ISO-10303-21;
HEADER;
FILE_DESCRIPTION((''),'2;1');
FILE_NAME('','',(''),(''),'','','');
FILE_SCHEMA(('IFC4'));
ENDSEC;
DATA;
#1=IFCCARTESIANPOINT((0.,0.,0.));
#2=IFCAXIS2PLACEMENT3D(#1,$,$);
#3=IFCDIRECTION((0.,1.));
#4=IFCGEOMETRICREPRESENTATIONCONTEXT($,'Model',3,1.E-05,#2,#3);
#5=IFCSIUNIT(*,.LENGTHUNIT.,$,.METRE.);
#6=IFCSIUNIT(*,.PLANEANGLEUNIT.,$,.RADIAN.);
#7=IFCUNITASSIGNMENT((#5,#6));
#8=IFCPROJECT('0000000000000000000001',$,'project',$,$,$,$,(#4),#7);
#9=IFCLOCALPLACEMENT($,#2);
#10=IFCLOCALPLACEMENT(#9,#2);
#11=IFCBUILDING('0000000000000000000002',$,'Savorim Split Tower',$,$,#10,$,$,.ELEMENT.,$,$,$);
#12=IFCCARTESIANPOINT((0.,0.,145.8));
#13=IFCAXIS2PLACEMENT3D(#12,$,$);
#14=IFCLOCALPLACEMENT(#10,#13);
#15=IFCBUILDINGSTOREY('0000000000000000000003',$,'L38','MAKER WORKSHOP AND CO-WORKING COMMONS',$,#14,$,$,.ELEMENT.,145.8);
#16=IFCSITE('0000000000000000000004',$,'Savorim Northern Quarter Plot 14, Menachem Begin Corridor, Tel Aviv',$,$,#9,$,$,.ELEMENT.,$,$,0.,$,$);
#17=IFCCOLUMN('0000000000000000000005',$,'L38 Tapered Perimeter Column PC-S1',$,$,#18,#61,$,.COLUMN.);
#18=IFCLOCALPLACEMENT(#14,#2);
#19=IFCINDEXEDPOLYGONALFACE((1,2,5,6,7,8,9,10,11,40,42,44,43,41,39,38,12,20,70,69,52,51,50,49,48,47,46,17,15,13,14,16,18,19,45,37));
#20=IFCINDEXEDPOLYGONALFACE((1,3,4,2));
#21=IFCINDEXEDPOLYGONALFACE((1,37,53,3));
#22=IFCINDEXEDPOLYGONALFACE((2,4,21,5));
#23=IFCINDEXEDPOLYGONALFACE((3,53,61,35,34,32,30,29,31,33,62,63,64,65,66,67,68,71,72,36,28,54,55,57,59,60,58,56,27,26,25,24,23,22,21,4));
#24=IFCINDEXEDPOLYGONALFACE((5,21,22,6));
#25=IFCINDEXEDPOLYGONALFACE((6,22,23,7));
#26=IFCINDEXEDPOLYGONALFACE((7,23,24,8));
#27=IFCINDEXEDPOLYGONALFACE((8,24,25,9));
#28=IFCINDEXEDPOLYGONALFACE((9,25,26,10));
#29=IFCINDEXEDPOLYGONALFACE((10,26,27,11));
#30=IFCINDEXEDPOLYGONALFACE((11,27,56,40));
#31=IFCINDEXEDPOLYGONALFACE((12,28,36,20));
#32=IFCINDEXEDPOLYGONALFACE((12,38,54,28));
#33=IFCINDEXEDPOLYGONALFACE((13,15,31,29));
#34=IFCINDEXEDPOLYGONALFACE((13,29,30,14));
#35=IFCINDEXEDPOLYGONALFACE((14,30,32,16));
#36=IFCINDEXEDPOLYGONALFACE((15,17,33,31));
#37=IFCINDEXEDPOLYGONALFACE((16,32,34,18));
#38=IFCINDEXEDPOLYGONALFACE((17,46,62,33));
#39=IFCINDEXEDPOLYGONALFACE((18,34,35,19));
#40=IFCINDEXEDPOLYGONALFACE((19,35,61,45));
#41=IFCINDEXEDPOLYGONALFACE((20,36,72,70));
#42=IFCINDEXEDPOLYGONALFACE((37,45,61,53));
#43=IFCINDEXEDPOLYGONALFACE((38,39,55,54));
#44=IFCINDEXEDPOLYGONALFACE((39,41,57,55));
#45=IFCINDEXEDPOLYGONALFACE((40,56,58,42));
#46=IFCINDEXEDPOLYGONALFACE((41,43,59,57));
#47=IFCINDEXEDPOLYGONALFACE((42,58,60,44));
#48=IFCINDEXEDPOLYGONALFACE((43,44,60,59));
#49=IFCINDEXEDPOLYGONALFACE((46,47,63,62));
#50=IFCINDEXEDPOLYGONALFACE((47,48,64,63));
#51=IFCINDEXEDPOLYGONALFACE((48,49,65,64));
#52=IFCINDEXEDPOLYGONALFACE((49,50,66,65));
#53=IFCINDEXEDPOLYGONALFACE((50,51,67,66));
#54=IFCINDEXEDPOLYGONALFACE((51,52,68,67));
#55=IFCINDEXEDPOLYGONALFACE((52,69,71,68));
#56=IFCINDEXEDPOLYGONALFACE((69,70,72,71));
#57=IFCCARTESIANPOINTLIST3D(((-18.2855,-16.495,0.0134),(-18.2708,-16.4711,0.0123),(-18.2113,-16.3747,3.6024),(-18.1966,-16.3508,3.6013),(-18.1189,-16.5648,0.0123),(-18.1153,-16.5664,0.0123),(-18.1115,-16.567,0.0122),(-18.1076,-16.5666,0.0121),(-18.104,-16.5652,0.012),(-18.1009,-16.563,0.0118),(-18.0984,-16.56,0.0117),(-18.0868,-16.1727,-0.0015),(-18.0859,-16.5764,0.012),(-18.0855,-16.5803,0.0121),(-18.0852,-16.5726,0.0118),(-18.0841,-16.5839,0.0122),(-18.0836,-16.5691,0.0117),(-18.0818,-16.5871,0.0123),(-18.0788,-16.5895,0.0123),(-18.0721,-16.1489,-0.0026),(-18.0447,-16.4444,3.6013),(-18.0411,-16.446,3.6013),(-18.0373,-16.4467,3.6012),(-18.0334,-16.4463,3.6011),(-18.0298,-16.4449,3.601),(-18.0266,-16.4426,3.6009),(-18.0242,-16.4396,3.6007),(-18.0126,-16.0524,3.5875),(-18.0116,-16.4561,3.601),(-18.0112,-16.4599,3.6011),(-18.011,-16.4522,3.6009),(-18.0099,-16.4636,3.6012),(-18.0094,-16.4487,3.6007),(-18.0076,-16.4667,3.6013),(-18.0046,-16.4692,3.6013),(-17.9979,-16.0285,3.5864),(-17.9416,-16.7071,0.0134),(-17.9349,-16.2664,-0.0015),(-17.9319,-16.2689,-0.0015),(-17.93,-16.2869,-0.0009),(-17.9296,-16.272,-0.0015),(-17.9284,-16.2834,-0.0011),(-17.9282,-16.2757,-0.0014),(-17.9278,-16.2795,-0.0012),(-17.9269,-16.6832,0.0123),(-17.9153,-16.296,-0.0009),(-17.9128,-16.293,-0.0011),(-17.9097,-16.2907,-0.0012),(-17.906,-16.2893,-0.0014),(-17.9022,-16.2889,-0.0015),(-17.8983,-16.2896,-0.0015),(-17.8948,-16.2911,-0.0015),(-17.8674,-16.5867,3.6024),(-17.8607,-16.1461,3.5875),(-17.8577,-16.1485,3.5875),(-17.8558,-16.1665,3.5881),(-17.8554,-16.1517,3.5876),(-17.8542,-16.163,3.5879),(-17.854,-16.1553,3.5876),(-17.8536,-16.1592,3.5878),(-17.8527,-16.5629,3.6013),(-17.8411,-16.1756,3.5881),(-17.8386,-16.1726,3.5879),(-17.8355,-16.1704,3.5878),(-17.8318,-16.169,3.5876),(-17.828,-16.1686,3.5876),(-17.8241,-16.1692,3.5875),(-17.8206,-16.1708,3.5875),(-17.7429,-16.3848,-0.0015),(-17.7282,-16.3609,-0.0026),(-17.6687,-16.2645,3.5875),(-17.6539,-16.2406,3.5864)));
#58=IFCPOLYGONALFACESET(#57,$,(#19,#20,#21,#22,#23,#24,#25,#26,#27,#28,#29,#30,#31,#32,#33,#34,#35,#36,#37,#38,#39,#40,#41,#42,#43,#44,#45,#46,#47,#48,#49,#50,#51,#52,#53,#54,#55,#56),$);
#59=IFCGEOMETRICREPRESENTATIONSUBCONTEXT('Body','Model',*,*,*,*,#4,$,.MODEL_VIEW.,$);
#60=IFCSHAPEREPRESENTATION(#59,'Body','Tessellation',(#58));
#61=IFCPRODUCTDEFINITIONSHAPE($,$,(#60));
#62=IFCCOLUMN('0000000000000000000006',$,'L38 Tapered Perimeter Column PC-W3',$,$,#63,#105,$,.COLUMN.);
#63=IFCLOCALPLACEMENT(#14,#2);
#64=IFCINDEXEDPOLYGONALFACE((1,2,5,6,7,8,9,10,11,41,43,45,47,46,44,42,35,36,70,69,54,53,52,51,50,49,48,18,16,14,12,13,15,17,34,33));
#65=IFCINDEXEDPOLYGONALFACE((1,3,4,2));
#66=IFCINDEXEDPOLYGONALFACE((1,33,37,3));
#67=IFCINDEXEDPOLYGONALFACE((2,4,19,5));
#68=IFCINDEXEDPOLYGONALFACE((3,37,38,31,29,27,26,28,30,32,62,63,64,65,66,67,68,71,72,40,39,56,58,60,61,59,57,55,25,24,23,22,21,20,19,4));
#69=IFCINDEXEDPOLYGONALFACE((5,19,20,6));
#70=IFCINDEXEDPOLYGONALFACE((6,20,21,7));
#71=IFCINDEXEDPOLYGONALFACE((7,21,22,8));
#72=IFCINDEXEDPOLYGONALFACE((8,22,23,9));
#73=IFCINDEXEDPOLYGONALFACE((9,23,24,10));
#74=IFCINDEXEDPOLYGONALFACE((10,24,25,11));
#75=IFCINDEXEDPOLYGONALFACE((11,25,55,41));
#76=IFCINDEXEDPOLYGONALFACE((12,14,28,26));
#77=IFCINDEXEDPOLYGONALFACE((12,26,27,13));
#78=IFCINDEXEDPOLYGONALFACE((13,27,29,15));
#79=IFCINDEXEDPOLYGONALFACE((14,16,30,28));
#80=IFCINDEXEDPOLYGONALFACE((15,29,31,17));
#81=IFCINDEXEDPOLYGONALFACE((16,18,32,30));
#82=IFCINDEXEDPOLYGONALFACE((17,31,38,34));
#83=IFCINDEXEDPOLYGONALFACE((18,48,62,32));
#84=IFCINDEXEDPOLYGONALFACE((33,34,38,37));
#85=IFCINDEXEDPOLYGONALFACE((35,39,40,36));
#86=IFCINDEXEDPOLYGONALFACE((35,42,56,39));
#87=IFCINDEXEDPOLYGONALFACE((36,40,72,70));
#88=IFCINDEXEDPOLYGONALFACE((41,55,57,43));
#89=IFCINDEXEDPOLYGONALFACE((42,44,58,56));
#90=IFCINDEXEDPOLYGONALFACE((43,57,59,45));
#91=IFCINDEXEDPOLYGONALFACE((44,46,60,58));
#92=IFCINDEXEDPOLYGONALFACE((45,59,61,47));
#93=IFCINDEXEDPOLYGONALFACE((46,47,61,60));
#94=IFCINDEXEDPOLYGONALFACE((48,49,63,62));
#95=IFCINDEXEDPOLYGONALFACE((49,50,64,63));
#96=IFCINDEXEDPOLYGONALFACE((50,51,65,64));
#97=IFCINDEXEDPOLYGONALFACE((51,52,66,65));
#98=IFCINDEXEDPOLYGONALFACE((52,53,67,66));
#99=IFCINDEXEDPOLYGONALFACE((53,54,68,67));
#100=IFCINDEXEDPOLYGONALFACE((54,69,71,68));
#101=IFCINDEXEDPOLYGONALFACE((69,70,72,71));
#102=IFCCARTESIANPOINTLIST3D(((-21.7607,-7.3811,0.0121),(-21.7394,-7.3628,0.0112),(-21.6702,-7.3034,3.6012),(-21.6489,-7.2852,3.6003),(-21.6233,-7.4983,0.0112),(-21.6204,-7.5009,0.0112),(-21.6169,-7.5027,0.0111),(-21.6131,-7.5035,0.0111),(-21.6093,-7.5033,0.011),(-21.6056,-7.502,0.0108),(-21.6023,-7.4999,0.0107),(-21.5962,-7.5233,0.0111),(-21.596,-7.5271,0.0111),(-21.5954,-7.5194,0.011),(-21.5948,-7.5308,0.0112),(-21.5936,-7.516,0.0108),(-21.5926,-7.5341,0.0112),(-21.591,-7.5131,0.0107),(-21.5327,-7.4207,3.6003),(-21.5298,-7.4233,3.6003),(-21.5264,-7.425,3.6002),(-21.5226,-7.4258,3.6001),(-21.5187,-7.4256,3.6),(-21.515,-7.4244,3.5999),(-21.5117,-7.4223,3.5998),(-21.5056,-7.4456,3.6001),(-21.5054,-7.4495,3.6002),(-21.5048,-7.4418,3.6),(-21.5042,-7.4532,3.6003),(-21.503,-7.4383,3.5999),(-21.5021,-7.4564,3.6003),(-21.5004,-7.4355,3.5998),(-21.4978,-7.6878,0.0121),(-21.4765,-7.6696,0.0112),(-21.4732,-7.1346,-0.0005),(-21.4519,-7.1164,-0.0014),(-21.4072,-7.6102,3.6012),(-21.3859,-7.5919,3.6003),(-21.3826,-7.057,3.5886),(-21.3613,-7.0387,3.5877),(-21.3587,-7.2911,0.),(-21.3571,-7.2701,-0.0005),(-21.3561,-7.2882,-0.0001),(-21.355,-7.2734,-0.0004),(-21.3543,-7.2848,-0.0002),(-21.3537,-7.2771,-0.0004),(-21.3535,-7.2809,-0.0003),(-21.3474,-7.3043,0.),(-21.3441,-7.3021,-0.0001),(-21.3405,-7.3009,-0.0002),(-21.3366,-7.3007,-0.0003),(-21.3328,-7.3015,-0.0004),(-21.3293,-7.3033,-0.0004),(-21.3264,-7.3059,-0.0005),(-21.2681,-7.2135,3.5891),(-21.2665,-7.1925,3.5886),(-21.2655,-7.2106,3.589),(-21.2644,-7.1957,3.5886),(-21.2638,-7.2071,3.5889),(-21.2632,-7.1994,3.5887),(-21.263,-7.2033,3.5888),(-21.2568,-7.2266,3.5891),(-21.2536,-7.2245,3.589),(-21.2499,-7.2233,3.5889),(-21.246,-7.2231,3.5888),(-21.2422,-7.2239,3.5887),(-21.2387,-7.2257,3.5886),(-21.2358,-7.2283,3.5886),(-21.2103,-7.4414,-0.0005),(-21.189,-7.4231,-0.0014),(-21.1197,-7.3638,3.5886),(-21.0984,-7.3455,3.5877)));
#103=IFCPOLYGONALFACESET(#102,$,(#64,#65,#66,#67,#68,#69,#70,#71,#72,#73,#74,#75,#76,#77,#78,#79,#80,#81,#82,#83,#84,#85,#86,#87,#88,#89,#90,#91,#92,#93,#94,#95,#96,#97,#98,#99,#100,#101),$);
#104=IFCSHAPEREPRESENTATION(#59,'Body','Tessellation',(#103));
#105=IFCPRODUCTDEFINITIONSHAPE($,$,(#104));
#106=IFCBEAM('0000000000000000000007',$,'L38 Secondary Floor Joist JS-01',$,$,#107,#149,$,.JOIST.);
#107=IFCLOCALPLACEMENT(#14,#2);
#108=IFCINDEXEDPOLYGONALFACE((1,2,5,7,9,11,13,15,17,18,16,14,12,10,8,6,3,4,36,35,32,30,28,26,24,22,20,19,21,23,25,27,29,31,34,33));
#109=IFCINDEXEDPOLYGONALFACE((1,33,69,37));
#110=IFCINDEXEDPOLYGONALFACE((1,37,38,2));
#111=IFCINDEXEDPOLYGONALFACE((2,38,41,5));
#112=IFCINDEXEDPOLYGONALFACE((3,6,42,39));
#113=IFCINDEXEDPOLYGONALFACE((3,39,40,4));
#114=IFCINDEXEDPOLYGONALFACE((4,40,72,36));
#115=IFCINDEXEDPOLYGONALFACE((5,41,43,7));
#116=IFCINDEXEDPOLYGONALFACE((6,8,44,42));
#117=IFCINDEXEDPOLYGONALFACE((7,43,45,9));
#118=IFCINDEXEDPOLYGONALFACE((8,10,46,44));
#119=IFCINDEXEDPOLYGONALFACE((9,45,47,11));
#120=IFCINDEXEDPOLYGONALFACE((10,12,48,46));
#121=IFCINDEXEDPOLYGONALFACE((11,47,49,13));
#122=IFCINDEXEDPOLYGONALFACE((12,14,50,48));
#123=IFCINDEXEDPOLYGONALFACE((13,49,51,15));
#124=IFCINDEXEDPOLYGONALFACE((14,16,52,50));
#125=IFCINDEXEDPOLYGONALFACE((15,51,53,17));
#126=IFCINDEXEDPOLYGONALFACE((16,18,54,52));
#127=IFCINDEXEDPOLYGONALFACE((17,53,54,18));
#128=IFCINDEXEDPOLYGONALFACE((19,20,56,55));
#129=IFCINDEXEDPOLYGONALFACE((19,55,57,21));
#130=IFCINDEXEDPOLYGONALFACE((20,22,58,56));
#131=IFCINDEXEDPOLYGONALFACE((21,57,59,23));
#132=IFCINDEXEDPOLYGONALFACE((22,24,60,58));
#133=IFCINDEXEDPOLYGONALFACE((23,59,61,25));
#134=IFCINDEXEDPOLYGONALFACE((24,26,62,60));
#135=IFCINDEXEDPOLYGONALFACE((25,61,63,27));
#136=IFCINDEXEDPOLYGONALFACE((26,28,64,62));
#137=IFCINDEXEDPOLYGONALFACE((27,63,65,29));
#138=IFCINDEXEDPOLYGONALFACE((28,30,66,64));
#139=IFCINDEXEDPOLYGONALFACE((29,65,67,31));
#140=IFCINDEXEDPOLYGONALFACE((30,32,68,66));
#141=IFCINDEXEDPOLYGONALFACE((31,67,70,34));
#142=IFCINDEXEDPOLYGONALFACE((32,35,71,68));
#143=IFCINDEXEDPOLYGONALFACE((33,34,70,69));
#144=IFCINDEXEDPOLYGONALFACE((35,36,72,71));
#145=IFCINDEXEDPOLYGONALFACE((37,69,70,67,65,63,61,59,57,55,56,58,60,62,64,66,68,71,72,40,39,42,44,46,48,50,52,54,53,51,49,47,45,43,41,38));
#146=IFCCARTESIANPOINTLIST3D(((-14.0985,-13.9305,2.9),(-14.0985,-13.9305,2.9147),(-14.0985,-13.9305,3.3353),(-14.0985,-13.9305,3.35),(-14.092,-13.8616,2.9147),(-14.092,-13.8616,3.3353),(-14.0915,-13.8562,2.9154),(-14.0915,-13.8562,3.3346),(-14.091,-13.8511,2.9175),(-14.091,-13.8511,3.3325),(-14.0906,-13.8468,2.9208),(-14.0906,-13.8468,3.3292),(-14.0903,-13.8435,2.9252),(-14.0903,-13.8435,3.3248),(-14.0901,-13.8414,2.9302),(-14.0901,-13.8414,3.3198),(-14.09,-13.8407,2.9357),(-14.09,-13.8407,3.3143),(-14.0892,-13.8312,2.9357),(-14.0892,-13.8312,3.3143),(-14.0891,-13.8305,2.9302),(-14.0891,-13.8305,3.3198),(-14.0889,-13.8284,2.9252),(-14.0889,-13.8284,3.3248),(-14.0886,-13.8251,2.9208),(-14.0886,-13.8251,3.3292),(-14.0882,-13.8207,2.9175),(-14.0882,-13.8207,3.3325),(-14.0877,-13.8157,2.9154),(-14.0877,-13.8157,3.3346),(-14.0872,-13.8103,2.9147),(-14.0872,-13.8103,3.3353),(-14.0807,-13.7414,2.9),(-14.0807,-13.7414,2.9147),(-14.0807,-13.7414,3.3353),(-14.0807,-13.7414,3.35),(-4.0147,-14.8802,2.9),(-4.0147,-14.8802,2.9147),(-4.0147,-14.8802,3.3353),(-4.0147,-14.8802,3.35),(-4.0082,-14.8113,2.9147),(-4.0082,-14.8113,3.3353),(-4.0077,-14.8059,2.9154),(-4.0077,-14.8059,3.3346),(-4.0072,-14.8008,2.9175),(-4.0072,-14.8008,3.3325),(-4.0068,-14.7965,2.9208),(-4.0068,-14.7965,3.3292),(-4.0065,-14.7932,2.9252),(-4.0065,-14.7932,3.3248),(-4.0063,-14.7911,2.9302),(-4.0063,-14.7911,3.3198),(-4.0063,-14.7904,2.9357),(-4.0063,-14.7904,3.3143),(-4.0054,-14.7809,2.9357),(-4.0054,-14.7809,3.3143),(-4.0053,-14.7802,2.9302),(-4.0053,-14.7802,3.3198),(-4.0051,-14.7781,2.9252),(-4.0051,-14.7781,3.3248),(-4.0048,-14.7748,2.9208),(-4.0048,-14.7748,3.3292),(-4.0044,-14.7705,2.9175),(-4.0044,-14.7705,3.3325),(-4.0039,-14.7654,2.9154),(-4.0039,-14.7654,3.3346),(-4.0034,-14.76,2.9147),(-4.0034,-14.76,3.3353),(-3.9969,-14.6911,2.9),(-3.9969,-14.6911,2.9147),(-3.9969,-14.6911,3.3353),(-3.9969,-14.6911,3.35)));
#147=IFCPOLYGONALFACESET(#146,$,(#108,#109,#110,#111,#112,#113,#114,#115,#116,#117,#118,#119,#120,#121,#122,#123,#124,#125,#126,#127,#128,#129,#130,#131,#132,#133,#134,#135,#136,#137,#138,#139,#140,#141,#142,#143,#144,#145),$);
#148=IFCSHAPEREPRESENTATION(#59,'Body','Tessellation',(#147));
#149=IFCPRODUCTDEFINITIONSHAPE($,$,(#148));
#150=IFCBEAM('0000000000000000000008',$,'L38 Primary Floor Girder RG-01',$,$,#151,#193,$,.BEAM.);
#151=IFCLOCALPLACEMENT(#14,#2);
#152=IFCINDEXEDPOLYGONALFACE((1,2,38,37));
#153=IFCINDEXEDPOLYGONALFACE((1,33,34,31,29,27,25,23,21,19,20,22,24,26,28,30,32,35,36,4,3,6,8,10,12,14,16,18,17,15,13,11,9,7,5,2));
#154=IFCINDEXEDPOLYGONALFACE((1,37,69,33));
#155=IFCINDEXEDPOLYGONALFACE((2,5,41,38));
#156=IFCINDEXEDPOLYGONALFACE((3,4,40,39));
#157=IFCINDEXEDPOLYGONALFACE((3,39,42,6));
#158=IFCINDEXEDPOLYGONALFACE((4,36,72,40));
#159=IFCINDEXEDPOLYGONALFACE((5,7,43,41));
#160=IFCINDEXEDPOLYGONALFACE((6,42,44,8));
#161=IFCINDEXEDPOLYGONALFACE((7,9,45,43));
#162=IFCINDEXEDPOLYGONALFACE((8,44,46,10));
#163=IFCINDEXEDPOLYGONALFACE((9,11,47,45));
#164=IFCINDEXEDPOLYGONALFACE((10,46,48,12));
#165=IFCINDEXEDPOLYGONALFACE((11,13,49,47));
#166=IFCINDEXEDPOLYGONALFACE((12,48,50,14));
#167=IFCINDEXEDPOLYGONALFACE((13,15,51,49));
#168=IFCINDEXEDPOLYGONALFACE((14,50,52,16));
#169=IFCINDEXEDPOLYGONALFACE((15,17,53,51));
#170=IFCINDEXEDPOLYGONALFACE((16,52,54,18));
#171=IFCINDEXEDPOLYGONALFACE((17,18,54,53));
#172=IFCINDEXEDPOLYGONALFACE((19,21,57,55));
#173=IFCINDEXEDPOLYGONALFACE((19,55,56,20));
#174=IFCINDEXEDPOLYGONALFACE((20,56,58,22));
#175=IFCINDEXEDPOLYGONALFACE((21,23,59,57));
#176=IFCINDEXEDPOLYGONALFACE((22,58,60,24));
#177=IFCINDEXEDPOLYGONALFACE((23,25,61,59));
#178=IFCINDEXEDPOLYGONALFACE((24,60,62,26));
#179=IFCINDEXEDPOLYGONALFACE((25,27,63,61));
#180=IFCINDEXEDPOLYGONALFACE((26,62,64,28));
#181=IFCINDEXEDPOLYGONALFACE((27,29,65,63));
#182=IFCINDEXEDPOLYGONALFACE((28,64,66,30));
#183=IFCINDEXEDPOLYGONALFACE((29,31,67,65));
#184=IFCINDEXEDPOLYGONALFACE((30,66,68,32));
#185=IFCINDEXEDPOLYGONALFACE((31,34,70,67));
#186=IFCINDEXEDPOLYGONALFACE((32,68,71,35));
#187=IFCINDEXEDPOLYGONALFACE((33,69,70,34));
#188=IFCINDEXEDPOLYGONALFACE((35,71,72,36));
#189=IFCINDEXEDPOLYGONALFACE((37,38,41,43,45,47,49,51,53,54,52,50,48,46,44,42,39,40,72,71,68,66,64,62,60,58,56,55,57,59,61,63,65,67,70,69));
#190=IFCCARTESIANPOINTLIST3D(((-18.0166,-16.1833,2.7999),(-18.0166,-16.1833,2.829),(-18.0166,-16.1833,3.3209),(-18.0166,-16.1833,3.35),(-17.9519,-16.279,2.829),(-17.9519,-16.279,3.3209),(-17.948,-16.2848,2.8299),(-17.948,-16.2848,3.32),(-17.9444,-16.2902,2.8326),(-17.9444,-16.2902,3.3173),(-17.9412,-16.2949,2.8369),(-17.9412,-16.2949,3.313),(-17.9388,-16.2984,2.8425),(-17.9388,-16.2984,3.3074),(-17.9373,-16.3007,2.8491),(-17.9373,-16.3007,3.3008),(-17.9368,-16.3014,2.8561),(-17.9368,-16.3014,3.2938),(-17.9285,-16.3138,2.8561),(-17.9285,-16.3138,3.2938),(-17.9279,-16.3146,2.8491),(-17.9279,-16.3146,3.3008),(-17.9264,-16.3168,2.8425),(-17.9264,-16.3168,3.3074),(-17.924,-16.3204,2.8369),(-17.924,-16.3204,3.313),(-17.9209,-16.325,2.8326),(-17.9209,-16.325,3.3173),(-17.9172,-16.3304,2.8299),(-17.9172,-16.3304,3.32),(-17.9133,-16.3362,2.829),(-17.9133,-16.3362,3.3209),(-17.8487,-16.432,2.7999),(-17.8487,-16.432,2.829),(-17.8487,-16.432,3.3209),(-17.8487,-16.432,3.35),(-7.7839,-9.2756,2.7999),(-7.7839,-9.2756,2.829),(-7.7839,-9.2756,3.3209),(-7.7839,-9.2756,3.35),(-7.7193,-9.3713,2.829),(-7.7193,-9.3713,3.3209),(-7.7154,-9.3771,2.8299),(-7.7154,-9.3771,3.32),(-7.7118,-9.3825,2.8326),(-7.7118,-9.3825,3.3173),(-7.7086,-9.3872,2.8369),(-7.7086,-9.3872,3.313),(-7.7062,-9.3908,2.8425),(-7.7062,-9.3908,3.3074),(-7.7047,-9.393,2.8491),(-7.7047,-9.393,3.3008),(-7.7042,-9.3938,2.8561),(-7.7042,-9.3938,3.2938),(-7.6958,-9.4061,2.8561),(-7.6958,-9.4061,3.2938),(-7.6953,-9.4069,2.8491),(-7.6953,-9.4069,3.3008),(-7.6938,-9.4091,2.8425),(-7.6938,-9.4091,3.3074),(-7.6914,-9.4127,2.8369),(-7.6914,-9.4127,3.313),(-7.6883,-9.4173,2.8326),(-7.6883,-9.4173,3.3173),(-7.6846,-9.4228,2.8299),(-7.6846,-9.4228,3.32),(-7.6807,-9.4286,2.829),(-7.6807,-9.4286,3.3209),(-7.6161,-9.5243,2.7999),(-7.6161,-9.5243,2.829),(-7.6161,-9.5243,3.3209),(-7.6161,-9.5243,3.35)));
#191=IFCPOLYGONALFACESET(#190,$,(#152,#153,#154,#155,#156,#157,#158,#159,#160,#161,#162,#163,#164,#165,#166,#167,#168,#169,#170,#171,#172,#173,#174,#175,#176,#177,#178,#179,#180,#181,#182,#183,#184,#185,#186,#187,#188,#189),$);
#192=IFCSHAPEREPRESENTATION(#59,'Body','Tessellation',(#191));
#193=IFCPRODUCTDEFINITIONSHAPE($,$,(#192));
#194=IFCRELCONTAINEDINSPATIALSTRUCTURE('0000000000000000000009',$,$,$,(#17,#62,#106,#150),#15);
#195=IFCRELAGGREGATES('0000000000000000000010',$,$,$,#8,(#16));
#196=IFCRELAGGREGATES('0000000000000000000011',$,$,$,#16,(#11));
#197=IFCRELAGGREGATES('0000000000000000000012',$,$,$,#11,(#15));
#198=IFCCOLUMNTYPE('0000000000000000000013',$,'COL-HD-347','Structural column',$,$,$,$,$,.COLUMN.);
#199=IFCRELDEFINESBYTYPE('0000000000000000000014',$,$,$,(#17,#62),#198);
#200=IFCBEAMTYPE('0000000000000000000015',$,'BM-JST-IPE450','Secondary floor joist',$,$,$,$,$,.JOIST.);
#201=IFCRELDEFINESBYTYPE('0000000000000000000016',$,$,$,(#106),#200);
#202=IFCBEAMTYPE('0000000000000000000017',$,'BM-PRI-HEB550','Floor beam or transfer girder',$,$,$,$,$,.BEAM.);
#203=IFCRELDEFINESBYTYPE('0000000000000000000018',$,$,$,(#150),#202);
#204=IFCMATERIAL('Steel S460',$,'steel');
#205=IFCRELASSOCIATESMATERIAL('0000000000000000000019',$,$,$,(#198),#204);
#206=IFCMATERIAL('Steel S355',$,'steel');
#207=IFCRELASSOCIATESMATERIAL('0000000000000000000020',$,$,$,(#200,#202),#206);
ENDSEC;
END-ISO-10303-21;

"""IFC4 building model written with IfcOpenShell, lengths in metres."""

from ifc_helpers import new_model, si_unit, direction, frame, origin, origin_2d, place, context, subcontext, project, spatial, i_section, extrude, material, material_profile, profile_set, type_object, element, save


model = new_model("IFC4")

# Units and contexts
model_context = context("Model", 3, precision=1e-05, world=origin(), true_north=direction((0.0, 1.0)))
body_context = subcontext(model_context, "Body", "Model", "MODEL_VIEW")
ifc_project = project(units=[si_unit("LENGTHUNIT", "METRE"), si_unit("PLANEANGLEUNIT", "RADIAN")], contexts=[model_context])

# Site, building, storey
site_placement = place(None, origin())
site = spatial("IfcSite", under=ifc_project, at=site_placement, Name="Savorim Northern Quarter Plot 14, Menachem Begin Corridor, Tel Aviv", CompositionType="ELEMENT", RefElevation=0.0)
building_placement = place(site_placement, origin())
building = spatial("IfcBuilding", under=site, at=building_placement, Name="Savorim Split Tower", CompositionType="ELEMENT")
storey_placement = place(building_placement, frame((0.0, 0.0, 145.8)))
storey = spatial("IfcBuildingStorey", under=building, at=storey_placement, Name="L38", Description="MAKER WORKSHOP AND CO-WORKING COMMONS", CompositionType="ELEMENT", Elevation=145.8)

# Columns
ifc_material_1 = material(Name="Steel S460", Category="steel")
ifc_material_profile_1 = material_profile(ifc_material_1, i_section(OverallWidth=0.4041, OverallDepth=0.407, WebThickness=0.0173, FlangeThickness=0.0281, FilletRadius=0.0149, at=origin_2d()), Name="HD 400x347")
ifc_profile_set_1 = profile_set([ifc_material_profile_1], Name="Steel S460")
column_type = type_object("IfcColumnType", Name="COL-HD-347", Description="Structural column", PredefinedType="COLUMN", material=ifc_profile_set_1)
column_1_placement = place(storey_placement, frame((-18.0068, -16.428, 0.0054), z_axis=(0.020663, 0.033509, 0.999225), x_axis=(-0.851184, 0.524868, 0.0)))
element("IfcColumn", 1, at=column_1_placement, inside=storey, type_object=column_type, Name="L38 Tapered Perimeter Column PC-S1", PredefinedType="COLUMN", context=body_context, shape_type="SweptSolid", body=[
    extrude(i_section(OverallWidth=0.4041, OverallDepth=0.407, WebThickness=0.0173, FlangeThickness=0.0281, FilletRadius=0.0149, at=origin_2d()), origin(), (0.0, 0.0, 1.0), 3.5918),
])
column_2_placement = place(storey_placement, frame((-21.4749, -7.4021, 0.0054), z_axis=(0.025222, 0.021619, 0.999448), x_axis=(-0.650791, 0.759257, 0.0)))
element("IfcColumn", 2, at=column_2_placement, inside=storey, type_object=column_type, Name="L38 Tapered Perimeter Column PC-W3", PredefinedType="COLUMN", context=body_context, shape_type="SweptSolid", body=[
    extrude(i_section(OverallWidth=0.4041, OverallDepth=0.407, WebThickness=0.0173, FlangeThickness=0.0281, FilletRadius=0.0149, at=origin_2d()), origin(), (0.0, 0.0, 1.0), 3.5911),
])

# Beams
ifc_material_2 = material(Name="Steel S355", Category="steel")
ifc_material_profile_2 = material_profile(ifc_material_2, i_section(OverallWidth=0.1899, OverallDepth=0.45, WebThickness=0.0095, FlangeThickness=0.0146, FilletRadius=0.021, at=origin_2d()), Name="IPE 450")
ifc_profile_set_2 = profile_set([ifc_material_profile_2], Name="Steel S355")
beam_type_1 = type_object("IfcBeamType", Name="BM-JST-IPE450", Description="Secondary floor joist", PredefinedType="JOIST", material=ifc_profile_set_2)
beam_1_placement = place(storey_placement, frame((-14.0896, -13.8359, 3.125), z_axis=(0.995594, -0.093767, 0.0), x_axis=(0.093767, 0.995594, 0.0)))
element("IfcBeam", 3, at=beam_1_placement, inside=storey, type_object=beam_type_1, Name="L38 Secondary Floor Joist JS-01", PredefinedType="JOIST", context=body_context, shape_type="SweptSolid", body=[
    extrude(i_section(OverallWidth=0.1899, OverallDepth=0.45, WebThickness=0.0095, FlangeThickness=0.0146, FilletRadius=0.021, at=origin_2d()), origin(), (0.0, 0.0, 1.0), 10.1284),
])
ifc_material_profile_3 = material_profile(ifc_material_2, i_section(OverallWidth=0.3, OverallDepth=0.55, WebThickness=0.0149, FlangeThickness=0.0291, FilletRadius=0.0271, at=origin_2d()), Name="HEB 550")
ifc_profile_set_3 = profile_set([ifc_material_profile_3], Name="Steel S355")
beam_type_2 = type_object("IfcBeamType", Name="BM-PRI-HEB550", Description="Floor beam or transfer girder", PredefinedType="BEAM", material=ifc_profile_set_3)
beam_2_placement = place(storey_placement, frame((-17.9326, -16.3076, 3.075), z_axis=(0.828824, 0.55951, 0.0), x_axis=(-0.55951, 0.828824, 0.0)))
element("IfcBeam", 4, at=beam_2_placement, inside=storey, type_object=beam_type_2, Name="L38 Primary Floor Girder RG-01", PredefinedType="BEAM", context=body_context, shape_type="SweptSolid", body=[
    extrude(i_section(OverallWidth=0.3, OverallDepth=0.55, WebThickness=0.0149, FlangeThickness=0.0291, FilletRadius=0.0271, at=origin_2d()), origin(), (0.0, 0.0, 1.0), 12.3459),
])

save(model, "model.ifc")
